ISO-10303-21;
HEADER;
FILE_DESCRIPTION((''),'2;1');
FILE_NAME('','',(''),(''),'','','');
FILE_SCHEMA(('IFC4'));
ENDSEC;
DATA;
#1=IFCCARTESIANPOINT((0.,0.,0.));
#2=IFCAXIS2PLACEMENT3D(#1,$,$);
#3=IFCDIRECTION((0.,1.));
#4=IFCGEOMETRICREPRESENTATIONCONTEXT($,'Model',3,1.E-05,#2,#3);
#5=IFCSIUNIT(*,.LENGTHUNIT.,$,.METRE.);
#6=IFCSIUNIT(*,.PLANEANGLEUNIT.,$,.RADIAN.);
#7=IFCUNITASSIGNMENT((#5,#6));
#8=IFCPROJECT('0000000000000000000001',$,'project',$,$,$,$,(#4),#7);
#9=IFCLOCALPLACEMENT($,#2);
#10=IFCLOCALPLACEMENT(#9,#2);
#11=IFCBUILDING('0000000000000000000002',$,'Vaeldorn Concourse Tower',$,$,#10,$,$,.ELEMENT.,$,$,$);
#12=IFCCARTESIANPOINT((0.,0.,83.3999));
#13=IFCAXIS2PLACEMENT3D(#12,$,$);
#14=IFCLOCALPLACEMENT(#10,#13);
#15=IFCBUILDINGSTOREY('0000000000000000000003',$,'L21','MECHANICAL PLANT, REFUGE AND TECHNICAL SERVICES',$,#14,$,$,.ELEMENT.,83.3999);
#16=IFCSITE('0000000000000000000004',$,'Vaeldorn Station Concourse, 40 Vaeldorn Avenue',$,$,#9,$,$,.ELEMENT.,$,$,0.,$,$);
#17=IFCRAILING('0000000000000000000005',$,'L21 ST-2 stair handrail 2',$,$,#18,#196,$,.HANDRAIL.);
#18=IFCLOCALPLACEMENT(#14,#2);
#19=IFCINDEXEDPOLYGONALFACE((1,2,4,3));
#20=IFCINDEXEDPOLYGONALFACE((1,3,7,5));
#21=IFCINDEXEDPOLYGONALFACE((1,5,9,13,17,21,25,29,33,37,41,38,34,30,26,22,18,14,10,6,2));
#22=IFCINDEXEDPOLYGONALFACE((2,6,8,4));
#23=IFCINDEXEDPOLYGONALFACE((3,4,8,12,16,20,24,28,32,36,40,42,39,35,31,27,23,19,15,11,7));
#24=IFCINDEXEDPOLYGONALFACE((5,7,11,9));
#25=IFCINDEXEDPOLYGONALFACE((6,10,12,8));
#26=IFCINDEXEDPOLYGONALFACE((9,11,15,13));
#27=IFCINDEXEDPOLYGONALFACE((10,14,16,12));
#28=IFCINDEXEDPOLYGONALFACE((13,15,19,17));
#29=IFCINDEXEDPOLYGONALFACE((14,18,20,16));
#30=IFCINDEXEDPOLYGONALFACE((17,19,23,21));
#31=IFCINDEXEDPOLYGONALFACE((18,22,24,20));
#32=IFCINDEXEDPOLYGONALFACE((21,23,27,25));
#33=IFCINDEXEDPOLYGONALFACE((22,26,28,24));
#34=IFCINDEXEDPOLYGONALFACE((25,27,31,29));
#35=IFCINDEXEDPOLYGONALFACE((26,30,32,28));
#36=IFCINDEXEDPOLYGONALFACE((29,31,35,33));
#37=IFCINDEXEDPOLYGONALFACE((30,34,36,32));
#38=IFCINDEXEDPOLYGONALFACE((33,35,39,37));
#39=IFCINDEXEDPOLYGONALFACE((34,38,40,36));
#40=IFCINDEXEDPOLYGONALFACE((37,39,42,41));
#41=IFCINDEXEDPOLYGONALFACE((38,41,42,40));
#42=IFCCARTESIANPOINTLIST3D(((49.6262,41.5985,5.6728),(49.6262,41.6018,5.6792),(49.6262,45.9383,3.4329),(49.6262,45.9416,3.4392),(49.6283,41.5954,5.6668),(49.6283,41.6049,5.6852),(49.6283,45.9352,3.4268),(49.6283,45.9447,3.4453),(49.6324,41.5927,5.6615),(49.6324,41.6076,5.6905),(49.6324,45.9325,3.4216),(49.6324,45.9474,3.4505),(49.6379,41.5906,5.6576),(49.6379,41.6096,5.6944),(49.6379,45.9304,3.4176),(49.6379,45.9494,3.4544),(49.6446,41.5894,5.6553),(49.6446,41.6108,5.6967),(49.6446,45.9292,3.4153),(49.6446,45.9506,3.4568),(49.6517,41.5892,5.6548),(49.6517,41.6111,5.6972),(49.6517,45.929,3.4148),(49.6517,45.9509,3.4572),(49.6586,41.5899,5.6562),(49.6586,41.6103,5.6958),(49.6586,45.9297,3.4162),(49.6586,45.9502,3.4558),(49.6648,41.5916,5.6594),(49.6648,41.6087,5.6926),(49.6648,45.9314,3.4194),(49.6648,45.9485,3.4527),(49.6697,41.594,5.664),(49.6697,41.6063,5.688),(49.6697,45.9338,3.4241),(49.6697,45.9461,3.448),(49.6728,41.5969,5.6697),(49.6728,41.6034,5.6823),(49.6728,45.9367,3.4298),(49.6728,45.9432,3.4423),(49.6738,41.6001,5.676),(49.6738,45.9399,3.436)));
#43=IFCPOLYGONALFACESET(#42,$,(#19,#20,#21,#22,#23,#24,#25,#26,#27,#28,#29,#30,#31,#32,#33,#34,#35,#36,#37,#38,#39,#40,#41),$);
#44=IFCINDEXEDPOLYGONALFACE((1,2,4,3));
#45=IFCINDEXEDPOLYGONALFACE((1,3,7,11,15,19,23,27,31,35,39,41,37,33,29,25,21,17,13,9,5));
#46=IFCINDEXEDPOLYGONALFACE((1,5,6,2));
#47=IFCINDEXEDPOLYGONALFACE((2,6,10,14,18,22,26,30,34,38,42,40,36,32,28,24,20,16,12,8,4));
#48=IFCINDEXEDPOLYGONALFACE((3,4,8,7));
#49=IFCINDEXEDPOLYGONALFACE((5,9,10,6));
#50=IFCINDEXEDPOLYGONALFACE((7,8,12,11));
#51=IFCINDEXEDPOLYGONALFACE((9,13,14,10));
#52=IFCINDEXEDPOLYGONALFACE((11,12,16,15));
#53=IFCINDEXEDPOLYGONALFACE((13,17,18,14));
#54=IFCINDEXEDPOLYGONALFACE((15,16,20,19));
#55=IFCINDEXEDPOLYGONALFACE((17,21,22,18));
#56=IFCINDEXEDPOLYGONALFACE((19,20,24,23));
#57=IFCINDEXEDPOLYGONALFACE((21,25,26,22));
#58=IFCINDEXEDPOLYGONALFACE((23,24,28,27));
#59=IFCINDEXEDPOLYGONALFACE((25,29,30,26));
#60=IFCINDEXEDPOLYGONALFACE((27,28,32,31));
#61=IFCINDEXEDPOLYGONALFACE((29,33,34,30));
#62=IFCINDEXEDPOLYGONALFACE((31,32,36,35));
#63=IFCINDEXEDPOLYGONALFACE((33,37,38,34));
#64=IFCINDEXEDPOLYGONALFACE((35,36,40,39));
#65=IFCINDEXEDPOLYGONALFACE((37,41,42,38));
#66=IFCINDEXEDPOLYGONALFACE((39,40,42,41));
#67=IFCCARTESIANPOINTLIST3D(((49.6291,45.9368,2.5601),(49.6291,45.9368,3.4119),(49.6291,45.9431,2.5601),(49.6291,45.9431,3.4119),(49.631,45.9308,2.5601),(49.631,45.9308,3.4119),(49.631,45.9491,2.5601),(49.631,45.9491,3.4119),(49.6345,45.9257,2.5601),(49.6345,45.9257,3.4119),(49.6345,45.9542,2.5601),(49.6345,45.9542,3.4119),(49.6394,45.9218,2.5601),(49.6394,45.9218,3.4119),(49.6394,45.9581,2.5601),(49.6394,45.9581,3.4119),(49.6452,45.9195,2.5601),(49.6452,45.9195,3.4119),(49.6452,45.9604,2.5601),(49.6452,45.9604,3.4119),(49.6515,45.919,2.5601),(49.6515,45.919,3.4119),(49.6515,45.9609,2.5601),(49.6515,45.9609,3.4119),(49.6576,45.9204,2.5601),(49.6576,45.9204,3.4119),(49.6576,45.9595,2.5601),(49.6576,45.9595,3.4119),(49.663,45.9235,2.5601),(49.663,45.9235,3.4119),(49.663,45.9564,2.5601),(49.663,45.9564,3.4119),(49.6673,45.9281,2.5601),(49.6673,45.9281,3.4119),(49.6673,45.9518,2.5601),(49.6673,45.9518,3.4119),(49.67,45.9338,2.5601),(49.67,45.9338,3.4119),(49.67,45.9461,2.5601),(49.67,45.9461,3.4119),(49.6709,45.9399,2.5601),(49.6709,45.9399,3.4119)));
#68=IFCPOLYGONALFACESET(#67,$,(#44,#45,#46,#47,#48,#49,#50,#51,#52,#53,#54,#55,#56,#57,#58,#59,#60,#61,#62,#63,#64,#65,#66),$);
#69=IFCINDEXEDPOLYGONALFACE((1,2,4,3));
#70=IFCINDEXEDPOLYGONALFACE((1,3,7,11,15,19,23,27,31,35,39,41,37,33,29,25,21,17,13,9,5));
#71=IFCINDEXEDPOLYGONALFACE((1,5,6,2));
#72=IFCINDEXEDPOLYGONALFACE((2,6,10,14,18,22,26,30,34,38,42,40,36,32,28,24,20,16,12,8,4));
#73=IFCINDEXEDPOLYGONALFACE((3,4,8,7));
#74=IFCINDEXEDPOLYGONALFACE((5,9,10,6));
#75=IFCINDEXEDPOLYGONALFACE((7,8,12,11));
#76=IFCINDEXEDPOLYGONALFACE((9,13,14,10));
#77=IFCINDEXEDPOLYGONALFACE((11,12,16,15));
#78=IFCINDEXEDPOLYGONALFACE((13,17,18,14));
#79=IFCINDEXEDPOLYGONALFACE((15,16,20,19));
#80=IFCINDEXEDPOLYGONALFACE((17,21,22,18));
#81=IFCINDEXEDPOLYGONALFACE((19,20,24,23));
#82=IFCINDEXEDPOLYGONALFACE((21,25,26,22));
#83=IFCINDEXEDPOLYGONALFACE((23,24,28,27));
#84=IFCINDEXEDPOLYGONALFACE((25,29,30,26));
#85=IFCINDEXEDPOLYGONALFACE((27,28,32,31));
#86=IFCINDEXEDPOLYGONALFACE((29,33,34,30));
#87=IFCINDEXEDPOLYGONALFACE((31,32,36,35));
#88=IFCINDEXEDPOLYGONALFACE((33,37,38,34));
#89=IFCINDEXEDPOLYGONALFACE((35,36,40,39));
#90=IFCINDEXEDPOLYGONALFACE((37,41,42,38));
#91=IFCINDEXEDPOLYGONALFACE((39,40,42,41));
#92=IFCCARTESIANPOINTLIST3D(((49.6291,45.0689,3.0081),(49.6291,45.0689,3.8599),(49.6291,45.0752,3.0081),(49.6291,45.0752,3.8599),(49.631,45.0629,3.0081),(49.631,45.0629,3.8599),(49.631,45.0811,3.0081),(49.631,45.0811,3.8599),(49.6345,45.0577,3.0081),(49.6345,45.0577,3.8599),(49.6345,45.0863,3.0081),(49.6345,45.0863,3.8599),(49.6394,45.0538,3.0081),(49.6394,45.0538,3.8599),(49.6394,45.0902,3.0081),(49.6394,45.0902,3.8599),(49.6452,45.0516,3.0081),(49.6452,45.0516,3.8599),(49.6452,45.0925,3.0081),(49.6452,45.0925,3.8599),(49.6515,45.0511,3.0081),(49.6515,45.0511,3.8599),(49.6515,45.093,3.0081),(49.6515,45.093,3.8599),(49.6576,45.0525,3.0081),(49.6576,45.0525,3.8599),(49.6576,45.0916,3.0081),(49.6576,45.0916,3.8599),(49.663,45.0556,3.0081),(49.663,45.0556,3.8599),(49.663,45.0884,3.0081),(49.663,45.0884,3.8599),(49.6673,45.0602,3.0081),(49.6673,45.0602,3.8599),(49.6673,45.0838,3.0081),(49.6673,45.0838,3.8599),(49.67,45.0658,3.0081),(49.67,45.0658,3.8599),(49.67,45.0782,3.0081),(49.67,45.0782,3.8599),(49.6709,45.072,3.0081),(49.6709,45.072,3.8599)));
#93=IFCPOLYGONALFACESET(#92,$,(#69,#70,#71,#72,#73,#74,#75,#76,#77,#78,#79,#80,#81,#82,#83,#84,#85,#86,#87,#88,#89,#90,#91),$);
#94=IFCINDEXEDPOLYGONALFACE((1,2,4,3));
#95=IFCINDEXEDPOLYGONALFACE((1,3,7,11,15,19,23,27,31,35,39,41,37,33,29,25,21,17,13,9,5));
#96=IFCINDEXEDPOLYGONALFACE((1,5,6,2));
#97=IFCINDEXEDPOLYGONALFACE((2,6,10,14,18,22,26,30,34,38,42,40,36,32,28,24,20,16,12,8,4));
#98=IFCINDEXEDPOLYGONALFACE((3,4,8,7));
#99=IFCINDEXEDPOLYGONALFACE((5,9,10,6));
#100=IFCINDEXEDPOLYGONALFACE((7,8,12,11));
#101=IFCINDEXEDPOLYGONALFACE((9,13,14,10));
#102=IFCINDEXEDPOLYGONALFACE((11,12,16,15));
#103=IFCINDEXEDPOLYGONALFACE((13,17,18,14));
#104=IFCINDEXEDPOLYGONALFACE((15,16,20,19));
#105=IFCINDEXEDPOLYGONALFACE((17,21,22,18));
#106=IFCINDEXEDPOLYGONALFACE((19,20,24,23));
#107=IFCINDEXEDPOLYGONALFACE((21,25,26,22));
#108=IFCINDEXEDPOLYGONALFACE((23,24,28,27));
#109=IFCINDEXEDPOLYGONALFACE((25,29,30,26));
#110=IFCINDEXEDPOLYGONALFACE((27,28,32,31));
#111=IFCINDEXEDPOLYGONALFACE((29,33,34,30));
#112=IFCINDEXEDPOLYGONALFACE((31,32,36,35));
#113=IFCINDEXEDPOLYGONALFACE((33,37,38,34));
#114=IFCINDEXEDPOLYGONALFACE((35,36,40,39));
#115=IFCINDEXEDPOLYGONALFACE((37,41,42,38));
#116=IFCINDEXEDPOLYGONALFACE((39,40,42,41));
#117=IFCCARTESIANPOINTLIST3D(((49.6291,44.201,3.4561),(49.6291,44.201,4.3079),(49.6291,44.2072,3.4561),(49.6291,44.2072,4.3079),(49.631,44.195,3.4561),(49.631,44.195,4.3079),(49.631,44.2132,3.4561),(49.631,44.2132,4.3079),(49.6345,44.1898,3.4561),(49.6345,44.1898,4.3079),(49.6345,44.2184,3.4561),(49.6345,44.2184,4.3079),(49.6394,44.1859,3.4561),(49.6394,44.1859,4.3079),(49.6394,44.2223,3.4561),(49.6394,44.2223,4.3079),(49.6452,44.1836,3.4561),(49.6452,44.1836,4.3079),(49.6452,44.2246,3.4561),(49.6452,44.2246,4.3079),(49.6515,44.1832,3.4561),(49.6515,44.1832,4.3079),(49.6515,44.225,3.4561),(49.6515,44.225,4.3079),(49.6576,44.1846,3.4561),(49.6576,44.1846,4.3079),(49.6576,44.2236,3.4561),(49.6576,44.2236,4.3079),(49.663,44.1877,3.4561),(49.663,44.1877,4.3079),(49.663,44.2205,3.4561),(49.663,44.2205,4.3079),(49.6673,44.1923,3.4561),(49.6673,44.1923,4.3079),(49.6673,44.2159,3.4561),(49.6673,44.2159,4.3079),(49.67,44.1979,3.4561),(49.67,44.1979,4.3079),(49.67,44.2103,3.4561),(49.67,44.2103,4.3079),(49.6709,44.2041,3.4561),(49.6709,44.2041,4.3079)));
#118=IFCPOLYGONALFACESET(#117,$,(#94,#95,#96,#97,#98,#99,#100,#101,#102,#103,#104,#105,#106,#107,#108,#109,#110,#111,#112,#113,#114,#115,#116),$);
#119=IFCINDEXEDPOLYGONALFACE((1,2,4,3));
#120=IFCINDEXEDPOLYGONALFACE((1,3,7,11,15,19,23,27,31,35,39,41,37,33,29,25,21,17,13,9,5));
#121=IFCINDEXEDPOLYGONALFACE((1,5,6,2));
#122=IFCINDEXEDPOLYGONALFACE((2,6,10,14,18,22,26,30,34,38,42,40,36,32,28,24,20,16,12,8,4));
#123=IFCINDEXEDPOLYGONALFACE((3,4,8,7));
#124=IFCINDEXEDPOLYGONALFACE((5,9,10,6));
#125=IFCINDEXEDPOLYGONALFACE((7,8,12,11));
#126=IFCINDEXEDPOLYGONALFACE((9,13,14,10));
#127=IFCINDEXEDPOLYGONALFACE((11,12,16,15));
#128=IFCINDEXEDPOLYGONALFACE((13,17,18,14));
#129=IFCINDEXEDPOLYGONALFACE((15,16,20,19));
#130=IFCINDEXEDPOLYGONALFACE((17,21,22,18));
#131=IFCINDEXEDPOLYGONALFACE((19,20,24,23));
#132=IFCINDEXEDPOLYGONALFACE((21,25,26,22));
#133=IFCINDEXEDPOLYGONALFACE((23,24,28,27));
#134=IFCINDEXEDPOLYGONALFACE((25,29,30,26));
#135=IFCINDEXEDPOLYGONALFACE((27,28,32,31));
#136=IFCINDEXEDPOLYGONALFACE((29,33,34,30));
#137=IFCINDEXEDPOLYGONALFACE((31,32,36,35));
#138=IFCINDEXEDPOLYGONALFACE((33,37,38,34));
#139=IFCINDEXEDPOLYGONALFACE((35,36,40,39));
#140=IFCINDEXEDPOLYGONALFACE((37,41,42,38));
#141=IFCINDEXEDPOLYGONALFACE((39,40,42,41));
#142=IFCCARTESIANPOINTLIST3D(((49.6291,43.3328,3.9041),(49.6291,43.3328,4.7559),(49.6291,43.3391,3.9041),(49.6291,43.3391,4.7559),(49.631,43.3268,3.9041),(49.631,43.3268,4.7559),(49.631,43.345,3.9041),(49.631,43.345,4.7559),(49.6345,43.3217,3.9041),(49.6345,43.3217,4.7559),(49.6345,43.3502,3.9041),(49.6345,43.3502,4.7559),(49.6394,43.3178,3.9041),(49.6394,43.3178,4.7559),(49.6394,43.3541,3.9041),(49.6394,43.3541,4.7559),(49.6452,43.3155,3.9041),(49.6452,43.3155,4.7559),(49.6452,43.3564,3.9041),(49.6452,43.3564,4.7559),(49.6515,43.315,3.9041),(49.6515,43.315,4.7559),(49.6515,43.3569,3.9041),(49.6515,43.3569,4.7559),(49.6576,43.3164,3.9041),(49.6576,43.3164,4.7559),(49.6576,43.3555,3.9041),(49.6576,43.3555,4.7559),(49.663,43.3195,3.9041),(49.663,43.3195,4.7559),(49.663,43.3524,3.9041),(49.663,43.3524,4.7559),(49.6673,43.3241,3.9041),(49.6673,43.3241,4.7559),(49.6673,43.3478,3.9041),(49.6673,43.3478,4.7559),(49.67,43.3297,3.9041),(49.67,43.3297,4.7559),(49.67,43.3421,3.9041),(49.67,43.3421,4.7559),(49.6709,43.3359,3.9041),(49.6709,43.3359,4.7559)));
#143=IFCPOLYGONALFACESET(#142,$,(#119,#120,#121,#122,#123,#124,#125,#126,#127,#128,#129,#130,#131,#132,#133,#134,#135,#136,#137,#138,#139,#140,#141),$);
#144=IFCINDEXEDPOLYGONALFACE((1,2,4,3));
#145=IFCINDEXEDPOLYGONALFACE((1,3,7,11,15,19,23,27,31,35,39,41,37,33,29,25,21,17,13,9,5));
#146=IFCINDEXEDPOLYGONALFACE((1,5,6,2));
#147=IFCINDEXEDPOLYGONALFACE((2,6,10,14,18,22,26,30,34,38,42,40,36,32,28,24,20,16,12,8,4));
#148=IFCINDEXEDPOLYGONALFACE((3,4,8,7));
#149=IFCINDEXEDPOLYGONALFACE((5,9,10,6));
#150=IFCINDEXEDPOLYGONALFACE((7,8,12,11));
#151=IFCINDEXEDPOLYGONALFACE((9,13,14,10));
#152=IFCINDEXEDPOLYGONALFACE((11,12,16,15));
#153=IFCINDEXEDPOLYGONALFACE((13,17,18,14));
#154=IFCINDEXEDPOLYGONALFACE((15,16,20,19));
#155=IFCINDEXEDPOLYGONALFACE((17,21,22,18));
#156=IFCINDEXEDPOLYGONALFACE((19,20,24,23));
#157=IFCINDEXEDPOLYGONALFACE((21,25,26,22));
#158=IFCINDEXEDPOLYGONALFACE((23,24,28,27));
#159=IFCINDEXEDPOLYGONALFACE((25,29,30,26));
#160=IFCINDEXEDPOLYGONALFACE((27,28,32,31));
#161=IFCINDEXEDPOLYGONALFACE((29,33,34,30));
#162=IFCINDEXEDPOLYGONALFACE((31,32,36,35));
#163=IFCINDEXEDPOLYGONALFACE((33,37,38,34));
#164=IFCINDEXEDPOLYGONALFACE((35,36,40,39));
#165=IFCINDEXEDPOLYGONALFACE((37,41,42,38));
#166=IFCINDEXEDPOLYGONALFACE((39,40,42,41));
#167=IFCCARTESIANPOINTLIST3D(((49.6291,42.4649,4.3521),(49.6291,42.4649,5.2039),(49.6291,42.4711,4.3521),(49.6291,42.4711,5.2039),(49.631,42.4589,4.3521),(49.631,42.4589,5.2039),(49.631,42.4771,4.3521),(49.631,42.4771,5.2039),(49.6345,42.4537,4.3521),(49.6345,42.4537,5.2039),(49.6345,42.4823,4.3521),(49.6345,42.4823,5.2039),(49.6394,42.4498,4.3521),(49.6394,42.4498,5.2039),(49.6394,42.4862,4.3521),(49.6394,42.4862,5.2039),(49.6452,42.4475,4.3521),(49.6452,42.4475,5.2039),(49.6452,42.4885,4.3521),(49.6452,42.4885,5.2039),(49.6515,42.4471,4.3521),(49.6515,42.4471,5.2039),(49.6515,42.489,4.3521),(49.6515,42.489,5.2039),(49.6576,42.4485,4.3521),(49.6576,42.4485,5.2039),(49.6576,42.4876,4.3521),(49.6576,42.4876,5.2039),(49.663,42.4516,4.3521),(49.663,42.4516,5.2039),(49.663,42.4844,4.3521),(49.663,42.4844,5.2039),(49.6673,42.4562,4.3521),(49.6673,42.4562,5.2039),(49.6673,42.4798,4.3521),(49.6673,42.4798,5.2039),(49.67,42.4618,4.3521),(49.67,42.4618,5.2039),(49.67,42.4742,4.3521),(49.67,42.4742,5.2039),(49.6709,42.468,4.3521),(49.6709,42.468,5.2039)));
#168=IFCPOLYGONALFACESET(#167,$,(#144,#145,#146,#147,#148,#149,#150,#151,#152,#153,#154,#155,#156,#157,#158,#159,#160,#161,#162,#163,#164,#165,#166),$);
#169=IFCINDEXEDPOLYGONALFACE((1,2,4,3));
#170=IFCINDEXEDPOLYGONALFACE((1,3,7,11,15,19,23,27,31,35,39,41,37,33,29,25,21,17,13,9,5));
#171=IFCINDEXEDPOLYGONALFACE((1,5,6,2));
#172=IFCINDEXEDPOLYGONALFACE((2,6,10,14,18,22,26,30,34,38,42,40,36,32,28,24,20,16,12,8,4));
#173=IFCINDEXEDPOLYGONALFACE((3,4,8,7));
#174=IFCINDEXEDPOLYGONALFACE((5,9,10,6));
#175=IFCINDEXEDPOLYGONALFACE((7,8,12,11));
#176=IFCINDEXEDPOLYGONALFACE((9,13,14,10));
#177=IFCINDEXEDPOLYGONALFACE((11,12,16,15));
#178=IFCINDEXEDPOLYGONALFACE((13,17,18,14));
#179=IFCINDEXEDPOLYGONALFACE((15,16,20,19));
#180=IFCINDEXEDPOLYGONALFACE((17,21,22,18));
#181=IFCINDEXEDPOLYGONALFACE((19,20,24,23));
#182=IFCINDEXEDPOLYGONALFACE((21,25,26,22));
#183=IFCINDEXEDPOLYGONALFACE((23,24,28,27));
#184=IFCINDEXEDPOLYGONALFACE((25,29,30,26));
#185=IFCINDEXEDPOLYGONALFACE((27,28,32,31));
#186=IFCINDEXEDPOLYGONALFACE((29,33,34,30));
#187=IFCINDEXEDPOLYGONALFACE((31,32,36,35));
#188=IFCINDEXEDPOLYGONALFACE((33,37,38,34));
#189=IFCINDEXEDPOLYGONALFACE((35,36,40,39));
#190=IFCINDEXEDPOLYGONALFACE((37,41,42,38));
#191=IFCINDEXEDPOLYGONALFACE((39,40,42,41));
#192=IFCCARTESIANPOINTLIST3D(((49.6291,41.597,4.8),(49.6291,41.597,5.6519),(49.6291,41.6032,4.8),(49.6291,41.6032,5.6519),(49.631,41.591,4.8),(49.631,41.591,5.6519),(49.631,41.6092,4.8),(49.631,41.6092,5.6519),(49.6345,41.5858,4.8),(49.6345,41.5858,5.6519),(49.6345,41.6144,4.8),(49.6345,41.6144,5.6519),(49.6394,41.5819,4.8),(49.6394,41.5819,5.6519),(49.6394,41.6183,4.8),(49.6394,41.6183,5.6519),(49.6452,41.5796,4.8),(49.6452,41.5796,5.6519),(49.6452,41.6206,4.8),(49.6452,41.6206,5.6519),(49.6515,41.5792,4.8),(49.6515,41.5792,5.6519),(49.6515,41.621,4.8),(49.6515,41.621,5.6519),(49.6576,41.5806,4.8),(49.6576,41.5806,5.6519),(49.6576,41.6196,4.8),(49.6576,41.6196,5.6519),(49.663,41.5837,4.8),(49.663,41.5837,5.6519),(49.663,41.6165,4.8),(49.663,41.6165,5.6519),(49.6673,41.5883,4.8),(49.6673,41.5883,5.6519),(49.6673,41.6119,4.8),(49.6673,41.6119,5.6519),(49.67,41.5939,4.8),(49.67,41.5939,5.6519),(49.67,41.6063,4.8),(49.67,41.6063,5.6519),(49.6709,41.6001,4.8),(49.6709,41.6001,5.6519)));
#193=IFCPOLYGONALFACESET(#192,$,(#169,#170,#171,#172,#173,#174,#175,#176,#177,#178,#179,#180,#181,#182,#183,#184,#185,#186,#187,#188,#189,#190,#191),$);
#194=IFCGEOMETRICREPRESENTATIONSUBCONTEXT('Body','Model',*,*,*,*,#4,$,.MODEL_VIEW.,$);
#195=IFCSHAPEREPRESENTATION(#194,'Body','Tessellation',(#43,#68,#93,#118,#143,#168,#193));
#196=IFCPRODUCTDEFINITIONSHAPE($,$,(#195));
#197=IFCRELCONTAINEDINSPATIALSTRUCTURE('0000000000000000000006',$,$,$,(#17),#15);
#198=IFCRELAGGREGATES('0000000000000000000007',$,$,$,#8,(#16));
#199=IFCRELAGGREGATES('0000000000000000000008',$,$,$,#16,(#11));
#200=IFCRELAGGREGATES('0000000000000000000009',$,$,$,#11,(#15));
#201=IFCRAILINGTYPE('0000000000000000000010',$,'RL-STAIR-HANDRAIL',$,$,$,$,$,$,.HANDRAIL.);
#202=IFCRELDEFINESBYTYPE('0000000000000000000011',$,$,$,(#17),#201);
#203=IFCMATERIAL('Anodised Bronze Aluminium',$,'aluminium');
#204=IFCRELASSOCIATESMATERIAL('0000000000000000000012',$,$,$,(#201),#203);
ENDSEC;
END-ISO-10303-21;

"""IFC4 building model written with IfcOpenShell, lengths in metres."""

from ifc_helpers import new_model, si_unit, direction, frame, origin, origin_2d, place, context, subcontext, project, spatial, circle, extrude, material, type_object, element, save


model = new_model("IFC4")

# Units and contexts
model_context = context("Model", 3, precision=1e-05, world=origin(), true_north=direction((0.0, 1.0)))
body_context = subcontext(model_context, "Body", "Model", "MODEL_VIEW")
ifc_project = project(units=[si_unit("LENGTHUNIT", "METRE"), si_unit("PLANEANGLEUNIT", "RADIAN")], contexts=[model_context])

# Site, building, storey
site_placement = place(None, origin())
site = spatial("IfcSite", under=ifc_project, at=site_placement, Name="Vaeldorn Station Concourse, 40 Vaeldorn Avenue", CompositionType="ELEMENT", RefElevation=0.0)
building_placement = place(site_placement, origin())
building = spatial("IfcBuilding", under=site, at=building_placement, Name="Vaeldorn Concourse Tower", CompositionType="ELEMENT")
storey_placement = place(building_placement, frame((0.0, 0.0, 83.3999)))
storey = spatial("IfcBuildingStorey", under=building, at=storey_placement, Name="L21", Description="MECHANICAL PLANT, REFUGE AND TECHNICAL SERVICES", CompositionType="ELEMENT", Elevation=83.3999)

# Shared definitions
ifc_material_1 = material(Name="Anodised Bronze Aluminium", Category="aluminium")

# Railing
railing_type_1 = type_object("IfcRailingType", Name="RL-STAIR-HANDRAIL", PredefinedType="HANDRAIL", material=ifc_material_1)
railing_1_placement = place(storey_placement, frame((49.6499, 45.9399, 2.5601)))
element("IfcRailing", 1, at=railing_1_placement, inside=storey, type_object=railing_type_1, Name="L21 ST-2 stair handrail 2", PredefinedType="HANDRAIL", context=body_context, shape_type="SweptSolid", body=[
    extrude(circle(Radius=0.0239, at=origin_2d()), frame((0.0, 0.0, 0.876), z_axis=(0.0, -0.888615, 0.458654), x_axis=(1.0, 0.0, 0.0)), (0.0, 0.0, 1.0), 4.8838),
    extrude(circle(Radius=0.021, at=origin_2d()), origin(), (0.0, 0.0, 1.0), 0.8518),
    extrude(circle(Radius=0.021, at=origin_2d()), frame((0.0, -0.8679, 0.448)), (0.0, 0.0, 1.0), 0.8518),
    extrude(circle(Radius=0.021, at=origin_2d()), frame((0.0, -1.7358, 0.896)), (0.0, 0.0, 1.0), 0.8518),
    extrude(circle(Radius=0.021, at=origin_2d()), frame((0.0, -2.604, 1.344)), (0.0, 0.0, 1.0), 0.8518),
    extrude(circle(Radius=0.021, at=origin_2d()), frame((0.0, -3.4719, 1.792)), (0.0, 0.0, 1.0), 0.8518),
    extrude(circle(Radius=0.021, at=origin_2d()), frame((0.0, -4.3398, 2.24)), (0.0, 0.0, 1.0), 0.8518),
])

save(model, "model.ifc")
